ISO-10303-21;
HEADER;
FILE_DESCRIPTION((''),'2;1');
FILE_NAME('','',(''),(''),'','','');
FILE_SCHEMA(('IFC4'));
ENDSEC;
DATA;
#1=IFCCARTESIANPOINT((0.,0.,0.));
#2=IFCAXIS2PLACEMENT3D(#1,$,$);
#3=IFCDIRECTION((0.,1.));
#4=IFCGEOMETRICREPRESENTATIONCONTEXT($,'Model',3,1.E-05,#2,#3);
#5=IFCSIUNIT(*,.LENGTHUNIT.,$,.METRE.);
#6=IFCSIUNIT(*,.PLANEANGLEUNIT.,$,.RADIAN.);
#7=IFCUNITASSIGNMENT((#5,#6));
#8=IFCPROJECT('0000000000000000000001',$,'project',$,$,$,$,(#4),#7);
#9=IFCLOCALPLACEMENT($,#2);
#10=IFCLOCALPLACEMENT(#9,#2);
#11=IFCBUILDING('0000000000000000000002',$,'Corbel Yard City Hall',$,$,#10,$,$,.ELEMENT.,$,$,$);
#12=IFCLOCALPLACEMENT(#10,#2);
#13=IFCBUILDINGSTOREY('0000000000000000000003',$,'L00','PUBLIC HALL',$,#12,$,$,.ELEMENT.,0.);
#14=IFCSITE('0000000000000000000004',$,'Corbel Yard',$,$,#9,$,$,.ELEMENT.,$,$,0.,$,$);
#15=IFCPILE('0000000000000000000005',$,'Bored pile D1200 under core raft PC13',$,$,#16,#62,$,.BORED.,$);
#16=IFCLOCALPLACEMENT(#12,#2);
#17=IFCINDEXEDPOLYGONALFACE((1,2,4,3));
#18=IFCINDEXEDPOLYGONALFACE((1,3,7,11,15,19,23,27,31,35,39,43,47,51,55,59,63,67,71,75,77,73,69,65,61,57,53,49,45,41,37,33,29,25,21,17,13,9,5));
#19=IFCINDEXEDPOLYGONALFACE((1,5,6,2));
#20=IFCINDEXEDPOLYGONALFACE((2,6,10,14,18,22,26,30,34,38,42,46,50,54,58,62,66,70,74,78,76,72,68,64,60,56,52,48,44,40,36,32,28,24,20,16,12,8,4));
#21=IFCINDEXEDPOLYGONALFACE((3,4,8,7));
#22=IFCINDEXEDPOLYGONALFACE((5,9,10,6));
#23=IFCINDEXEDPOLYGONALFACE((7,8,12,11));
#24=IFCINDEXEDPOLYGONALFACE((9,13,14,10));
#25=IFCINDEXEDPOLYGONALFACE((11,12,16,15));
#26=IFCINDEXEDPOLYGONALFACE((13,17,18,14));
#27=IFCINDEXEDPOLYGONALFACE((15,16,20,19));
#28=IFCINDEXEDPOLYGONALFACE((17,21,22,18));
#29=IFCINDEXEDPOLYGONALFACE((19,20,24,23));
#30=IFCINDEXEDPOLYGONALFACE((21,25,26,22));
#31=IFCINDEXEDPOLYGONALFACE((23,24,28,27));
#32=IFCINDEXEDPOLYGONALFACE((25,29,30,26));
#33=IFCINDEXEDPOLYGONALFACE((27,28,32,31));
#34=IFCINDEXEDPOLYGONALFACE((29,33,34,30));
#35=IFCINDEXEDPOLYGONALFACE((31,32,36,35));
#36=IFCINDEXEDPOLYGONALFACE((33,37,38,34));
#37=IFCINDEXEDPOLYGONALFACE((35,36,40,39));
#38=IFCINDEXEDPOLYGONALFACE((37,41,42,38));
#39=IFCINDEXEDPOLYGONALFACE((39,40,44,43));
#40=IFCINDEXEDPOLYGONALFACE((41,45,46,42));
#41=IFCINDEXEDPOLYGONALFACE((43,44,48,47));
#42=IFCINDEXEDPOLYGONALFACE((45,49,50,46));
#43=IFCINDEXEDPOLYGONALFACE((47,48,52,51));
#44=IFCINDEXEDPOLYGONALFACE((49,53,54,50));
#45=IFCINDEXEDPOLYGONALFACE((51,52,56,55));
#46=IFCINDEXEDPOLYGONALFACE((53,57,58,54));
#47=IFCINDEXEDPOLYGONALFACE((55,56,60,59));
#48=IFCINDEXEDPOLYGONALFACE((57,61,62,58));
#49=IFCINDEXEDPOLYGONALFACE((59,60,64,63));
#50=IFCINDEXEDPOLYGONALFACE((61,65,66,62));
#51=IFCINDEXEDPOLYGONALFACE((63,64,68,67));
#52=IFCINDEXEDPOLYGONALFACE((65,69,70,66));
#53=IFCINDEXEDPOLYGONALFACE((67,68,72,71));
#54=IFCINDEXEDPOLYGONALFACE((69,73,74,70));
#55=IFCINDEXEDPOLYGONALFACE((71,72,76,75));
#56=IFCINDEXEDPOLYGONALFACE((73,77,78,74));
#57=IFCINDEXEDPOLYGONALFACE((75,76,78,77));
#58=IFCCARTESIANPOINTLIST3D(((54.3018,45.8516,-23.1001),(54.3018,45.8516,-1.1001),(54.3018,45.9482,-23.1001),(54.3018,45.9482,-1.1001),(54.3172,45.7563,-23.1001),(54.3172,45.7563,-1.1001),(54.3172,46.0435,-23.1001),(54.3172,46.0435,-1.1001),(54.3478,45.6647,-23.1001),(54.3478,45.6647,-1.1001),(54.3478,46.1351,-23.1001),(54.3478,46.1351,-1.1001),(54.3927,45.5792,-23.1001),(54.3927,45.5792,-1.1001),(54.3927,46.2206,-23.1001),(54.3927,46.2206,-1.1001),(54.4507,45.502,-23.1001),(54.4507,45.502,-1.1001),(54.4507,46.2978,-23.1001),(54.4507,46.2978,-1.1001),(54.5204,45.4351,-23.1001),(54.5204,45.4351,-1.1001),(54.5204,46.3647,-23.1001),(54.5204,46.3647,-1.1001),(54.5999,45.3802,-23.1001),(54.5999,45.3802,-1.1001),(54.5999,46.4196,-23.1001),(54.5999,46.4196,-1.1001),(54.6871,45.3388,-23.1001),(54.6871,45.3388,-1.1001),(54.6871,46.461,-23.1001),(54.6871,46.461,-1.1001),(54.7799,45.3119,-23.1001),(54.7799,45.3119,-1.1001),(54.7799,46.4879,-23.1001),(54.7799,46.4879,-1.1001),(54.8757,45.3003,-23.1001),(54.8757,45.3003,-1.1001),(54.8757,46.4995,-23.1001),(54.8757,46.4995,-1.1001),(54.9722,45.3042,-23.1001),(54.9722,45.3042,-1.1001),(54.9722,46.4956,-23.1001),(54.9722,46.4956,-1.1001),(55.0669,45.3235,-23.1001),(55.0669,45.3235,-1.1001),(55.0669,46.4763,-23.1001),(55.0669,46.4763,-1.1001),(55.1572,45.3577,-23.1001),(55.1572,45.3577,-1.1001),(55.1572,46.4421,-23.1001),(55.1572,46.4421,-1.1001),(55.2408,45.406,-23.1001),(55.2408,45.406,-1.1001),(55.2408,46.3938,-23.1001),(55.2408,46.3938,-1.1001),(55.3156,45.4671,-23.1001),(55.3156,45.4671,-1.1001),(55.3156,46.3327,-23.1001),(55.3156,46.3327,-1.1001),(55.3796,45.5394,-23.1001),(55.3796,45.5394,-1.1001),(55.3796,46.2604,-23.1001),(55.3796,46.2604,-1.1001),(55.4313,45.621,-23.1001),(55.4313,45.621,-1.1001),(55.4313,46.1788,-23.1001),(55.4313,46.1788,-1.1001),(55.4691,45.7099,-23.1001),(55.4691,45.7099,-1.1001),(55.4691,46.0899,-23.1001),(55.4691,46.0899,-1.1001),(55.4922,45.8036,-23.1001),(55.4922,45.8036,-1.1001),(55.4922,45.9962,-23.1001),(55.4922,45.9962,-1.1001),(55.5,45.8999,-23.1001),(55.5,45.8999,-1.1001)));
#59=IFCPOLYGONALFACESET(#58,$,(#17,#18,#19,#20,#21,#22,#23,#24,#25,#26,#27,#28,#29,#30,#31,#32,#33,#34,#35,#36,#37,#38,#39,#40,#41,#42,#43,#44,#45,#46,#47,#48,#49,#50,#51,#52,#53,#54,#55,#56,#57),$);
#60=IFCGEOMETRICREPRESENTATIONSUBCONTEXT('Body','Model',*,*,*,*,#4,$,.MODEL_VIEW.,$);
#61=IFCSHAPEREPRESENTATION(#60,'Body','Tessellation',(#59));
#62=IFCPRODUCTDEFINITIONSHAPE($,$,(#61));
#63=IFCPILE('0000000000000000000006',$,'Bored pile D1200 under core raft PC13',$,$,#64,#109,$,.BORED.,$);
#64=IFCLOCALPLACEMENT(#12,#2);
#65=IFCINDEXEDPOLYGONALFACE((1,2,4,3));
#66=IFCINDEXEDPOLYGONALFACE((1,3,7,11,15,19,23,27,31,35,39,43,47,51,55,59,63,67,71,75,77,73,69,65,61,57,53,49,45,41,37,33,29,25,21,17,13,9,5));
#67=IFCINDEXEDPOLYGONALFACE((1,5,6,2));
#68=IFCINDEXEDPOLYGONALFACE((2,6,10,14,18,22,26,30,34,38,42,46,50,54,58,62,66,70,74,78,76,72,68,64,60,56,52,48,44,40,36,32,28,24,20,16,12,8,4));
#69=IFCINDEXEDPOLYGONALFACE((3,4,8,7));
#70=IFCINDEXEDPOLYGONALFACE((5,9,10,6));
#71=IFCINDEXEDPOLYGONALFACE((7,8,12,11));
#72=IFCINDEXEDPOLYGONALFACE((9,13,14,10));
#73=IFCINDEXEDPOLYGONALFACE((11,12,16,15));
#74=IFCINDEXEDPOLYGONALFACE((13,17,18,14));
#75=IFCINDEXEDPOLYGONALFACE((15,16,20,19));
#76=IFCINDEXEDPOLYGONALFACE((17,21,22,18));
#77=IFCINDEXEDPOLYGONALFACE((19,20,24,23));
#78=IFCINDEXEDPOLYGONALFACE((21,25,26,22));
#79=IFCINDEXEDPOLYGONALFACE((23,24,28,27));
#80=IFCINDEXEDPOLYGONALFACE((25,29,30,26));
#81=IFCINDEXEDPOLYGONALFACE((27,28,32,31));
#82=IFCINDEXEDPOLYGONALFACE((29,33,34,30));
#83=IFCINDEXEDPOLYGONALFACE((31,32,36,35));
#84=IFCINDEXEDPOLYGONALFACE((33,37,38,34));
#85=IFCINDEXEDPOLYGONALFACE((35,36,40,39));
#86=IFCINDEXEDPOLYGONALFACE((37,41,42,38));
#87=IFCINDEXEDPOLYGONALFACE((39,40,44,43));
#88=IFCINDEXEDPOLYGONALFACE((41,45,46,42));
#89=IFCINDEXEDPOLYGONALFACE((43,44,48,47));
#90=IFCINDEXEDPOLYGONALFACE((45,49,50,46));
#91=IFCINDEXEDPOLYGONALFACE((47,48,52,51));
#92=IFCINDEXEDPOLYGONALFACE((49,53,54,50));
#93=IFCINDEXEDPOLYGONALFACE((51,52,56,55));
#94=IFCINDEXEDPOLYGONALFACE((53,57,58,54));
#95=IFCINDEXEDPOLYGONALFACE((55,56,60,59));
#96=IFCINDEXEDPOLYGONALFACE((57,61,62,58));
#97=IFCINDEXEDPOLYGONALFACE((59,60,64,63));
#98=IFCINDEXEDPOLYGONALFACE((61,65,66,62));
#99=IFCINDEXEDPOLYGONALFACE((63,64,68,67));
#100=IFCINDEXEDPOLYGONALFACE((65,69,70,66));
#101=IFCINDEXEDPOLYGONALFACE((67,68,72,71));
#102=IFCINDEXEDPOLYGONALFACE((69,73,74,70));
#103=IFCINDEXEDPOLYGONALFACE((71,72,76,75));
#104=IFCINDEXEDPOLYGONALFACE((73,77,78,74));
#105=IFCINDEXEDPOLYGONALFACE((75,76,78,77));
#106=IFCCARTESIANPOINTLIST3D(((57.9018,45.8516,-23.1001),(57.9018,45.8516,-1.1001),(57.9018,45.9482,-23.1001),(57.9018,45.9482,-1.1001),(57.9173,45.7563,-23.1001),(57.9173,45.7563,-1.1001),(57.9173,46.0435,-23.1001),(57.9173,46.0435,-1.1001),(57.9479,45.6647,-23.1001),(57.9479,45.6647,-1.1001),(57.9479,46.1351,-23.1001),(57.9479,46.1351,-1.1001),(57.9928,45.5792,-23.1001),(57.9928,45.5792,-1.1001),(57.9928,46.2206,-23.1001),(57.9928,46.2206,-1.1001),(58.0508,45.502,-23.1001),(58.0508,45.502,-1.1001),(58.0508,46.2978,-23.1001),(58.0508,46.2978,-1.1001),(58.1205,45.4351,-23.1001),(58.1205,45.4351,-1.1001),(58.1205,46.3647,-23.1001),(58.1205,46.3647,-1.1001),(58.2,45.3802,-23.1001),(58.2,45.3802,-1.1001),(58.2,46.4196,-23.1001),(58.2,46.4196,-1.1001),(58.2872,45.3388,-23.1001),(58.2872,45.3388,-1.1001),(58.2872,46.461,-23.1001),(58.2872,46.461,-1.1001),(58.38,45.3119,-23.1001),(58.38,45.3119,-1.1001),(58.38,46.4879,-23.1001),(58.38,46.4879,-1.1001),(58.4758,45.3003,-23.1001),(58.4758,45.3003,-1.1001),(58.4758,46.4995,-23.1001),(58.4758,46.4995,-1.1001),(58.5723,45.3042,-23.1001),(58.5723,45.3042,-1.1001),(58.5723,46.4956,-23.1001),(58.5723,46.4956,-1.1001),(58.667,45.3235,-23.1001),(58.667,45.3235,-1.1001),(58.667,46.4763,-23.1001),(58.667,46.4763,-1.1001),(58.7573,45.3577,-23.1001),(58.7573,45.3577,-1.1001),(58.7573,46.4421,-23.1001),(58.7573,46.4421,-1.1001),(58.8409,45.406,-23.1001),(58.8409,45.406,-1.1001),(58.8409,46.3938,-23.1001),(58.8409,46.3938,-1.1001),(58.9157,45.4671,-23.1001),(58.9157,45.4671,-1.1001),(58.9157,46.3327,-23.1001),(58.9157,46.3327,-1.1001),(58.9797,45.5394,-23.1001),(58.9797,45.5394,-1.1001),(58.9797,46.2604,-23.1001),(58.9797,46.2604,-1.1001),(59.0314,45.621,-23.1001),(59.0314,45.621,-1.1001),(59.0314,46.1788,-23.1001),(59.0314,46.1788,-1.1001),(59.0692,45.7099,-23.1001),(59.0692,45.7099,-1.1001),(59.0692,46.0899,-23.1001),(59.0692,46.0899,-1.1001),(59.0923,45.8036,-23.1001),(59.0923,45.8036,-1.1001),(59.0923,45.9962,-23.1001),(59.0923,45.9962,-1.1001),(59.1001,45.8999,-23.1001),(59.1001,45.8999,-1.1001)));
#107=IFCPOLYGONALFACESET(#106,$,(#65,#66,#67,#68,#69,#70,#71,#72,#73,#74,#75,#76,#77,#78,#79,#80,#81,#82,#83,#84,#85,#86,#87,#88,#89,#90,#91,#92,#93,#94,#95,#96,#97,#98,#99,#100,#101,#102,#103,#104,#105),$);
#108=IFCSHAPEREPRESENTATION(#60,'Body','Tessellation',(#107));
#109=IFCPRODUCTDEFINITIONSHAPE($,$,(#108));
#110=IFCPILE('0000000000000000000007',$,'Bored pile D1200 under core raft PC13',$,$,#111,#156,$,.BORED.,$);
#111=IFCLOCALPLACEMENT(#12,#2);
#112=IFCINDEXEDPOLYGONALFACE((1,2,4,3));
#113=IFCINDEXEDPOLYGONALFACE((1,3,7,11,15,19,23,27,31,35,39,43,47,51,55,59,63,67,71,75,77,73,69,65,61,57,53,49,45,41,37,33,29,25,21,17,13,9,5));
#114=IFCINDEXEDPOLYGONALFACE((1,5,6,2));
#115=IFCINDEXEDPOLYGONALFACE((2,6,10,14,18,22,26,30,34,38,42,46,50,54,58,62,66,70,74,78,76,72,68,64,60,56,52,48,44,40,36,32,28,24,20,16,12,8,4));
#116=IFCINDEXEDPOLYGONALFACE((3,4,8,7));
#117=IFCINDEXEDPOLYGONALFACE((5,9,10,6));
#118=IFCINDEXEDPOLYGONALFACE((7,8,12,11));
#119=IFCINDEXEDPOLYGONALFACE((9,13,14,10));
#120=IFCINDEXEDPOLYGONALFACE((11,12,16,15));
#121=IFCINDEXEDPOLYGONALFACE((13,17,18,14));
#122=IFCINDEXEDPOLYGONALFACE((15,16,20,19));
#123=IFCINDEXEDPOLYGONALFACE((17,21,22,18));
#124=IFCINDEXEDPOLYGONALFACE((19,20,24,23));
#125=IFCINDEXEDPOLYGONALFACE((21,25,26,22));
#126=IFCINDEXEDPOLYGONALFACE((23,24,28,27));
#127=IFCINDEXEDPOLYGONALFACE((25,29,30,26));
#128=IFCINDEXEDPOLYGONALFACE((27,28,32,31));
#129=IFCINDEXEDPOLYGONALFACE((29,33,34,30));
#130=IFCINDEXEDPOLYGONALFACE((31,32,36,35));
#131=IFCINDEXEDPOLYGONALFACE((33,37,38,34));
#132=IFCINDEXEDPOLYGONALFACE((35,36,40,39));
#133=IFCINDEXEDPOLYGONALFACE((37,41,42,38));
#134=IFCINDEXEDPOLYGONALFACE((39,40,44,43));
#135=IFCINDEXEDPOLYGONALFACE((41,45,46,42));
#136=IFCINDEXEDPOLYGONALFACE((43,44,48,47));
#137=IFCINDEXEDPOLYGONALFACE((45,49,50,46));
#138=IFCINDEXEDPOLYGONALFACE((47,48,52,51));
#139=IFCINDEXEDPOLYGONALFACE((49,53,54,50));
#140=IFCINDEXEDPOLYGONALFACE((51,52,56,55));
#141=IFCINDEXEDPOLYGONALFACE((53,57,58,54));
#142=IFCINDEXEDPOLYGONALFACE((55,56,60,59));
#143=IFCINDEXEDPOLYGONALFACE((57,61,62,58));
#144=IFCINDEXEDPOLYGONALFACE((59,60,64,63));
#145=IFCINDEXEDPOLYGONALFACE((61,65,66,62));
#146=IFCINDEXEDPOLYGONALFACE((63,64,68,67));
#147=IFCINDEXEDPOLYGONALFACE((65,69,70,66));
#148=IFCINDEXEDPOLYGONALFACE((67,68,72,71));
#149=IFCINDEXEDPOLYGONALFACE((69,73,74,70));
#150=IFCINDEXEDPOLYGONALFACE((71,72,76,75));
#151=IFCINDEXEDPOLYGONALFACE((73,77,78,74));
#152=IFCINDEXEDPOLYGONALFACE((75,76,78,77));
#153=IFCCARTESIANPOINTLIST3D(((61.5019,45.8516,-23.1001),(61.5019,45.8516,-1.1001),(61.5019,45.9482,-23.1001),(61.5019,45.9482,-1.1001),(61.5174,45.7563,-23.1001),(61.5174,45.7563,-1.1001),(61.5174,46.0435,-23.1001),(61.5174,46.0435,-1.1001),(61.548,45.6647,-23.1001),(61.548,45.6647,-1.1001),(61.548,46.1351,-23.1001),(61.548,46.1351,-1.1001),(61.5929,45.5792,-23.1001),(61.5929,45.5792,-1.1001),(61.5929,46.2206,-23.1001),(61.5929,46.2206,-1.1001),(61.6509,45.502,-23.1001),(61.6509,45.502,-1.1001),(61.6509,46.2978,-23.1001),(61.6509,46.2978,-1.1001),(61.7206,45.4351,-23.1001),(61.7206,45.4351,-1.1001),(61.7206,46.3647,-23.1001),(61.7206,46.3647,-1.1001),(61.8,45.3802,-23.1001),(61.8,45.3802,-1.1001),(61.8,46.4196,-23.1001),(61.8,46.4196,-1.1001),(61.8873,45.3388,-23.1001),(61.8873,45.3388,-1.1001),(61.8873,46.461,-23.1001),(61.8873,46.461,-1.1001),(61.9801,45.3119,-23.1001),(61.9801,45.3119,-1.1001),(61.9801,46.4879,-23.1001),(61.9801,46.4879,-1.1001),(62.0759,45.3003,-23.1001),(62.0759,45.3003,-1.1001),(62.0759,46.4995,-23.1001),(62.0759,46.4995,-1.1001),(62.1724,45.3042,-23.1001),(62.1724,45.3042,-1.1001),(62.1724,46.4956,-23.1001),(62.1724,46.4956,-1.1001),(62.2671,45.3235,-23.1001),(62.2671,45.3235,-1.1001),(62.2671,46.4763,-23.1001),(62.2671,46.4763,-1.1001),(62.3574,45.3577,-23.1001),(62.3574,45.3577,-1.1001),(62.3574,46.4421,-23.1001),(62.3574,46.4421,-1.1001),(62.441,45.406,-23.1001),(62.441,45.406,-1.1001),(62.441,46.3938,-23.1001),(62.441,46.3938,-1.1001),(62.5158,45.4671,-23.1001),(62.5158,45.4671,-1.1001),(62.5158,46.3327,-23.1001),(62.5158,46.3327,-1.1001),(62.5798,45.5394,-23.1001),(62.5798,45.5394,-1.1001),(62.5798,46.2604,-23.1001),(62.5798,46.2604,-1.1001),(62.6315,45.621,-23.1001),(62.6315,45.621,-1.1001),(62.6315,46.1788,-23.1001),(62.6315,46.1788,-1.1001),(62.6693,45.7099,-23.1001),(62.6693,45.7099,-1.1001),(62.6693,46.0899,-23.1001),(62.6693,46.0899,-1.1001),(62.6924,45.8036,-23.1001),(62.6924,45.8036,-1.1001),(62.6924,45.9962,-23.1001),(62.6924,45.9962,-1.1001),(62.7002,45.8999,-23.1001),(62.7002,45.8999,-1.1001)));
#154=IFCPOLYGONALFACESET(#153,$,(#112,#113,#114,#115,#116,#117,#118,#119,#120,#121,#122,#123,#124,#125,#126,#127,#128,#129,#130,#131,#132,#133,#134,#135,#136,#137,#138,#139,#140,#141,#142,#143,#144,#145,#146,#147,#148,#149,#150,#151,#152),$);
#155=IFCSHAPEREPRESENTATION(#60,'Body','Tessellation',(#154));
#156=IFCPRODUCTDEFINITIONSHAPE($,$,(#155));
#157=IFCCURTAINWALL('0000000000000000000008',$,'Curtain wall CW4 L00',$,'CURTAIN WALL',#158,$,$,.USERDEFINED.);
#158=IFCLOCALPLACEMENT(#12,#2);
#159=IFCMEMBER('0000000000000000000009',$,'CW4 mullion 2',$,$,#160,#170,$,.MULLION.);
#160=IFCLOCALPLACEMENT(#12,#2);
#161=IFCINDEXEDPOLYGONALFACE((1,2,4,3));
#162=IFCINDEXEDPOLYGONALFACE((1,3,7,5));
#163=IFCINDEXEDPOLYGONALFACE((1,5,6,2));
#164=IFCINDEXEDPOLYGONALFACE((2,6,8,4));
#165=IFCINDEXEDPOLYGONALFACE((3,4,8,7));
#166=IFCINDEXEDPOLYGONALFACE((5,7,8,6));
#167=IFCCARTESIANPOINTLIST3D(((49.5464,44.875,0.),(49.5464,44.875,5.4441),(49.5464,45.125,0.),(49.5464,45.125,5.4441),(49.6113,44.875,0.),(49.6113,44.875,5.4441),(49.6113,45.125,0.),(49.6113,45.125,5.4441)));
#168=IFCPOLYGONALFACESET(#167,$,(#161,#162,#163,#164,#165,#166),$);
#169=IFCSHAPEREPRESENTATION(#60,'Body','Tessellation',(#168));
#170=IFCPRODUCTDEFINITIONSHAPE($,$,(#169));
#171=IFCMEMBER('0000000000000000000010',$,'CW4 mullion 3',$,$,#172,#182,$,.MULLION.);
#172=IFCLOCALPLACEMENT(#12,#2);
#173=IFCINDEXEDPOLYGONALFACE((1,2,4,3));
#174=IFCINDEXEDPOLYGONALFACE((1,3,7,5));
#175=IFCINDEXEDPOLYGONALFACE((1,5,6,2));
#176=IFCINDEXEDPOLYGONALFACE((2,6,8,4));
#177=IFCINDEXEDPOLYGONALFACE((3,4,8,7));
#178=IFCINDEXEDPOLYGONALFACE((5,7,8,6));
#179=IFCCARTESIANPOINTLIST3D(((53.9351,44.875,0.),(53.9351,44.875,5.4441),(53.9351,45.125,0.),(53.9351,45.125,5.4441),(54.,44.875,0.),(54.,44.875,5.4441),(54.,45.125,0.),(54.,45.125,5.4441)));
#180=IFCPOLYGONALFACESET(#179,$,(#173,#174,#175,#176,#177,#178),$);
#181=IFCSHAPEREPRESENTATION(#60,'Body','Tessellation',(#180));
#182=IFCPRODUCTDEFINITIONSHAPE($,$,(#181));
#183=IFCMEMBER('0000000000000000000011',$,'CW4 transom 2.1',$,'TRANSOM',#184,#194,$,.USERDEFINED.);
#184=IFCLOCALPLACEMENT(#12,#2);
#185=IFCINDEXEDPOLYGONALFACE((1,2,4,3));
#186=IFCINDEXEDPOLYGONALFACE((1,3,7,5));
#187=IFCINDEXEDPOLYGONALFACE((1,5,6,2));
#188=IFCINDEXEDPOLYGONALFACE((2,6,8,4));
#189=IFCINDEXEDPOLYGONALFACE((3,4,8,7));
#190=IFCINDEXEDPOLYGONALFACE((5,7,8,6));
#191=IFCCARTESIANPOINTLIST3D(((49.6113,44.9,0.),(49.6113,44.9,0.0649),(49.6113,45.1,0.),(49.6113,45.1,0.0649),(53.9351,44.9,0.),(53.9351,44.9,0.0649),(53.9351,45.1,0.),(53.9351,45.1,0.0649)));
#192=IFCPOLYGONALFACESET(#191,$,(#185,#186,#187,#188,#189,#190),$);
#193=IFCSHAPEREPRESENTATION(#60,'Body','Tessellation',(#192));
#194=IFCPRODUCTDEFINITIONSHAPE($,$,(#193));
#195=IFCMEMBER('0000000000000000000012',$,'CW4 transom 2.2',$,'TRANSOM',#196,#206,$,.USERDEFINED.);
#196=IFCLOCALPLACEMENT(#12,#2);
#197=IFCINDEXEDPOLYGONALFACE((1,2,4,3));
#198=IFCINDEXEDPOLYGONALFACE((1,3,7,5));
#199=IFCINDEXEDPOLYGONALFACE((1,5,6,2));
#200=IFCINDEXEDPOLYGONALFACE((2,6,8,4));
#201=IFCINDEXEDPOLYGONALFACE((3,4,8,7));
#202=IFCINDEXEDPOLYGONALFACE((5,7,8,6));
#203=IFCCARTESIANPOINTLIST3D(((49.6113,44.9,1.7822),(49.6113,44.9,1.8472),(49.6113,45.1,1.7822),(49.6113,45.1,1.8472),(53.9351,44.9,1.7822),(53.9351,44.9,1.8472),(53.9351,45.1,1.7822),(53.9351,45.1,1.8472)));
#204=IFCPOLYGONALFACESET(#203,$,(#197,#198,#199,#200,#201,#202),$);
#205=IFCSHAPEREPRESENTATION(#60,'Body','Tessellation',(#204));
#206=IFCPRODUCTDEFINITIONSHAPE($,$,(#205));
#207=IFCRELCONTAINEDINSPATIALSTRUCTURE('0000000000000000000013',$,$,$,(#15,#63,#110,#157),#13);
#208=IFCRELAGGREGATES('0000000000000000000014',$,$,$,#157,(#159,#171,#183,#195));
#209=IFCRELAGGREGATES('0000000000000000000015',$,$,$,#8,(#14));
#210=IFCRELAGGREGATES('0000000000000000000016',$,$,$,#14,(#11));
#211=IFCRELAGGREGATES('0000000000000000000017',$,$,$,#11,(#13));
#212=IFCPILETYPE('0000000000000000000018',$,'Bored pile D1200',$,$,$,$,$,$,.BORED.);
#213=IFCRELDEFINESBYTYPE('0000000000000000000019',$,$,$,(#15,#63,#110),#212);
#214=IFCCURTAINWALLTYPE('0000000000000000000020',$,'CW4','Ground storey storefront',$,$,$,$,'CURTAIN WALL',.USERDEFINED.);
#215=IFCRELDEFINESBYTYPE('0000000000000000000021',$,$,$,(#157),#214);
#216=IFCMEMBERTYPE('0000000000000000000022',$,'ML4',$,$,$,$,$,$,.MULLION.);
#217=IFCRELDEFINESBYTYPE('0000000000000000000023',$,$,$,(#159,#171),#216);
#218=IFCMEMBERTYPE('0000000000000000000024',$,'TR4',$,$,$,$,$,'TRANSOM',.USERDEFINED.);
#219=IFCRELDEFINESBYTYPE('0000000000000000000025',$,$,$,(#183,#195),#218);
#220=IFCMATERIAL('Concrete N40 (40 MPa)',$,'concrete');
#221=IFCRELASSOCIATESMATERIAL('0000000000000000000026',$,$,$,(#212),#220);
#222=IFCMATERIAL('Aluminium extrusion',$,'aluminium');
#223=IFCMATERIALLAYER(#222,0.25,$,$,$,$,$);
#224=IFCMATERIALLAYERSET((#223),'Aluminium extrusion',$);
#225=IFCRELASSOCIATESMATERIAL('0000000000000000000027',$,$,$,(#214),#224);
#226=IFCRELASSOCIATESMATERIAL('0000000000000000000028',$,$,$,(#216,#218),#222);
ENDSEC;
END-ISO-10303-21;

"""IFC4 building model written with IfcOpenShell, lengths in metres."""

from ifc_helpers import new_model, si_unit, direction, frame, origin, origin_2d, place, context, subcontext, project, spatial, rectangle, circle, extrude, material, layer, layer_set, material_profile, profile_set, type_object, element, aggregate, save


model = new_model("IFC4")

# Units and contexts
model_context = context("Model", 3, precision=1e-05, world=origin(), true_north=direction((0.0, 1.0)))
body_context = subcontext(model_context, "Body", "Model", "MODEL_VIEW")
ifc_project = project(units=[si_unit("LENGTHUNIT", "METRE"), si_unit("PLANEANGLEUNIT", "RADIAN")], contexts=[model_context])

# Site, building, storey
site_placement = place(None, origin())
site = spatial("IfcSite", under=ifc_project, at=site_placement, Name="Corbel Yard", CompositionType="ELEMENT", RefElevation=0.0)
building_placement = place(site_placement, origin())
building = spatial("IfcBuilding", under=site, at=building_placement, Name="Corbel Yard City Hall", CompositionType="ELEMENT")
storey_placement = place(building_placement, origin())
storey = spatial("IfcBuildingStorey", under=building, at=storey_placement, Name="L00", Description="PUBLIC HALL", CompositionType="ELEMENT", Elevation=0.0)

# Piles
ifc_material_1 = material(Name="Concrete N40 (40 MPa)", Category="concrete")
ifc_material_profile_1 = material_profile(ifc_material_1, circle(Radius=0.6001, at=origin_2d()), Name="D1200")
ifc_profile_set_1 = profile_set([ifc_material_profile_1], Name="Concrete N40 (40 MPa)")
pile_type = type_object("IfcPileType", Name="Bored pile D1200", PredefinedType="BORED", material=ifc_profile_set_1)
for number, where, z_axis, x_axis, name in (
    (1, (54.8999, 45.8999, -1.1001), (0.0, 0.0, -1.0), (1.0, 0.0, 0.0), "Bored pile D1200 under core raft PC13"),
    (2, (58.5, 45.8999, -1.1001), (0.0, 0.0, -1.0), (1.0, 0.0, 0.0), "Bored pile D1200 under core raft PC13"),
    (3, (62.1001, 45.8999, -1.1001), (0.0, 0.0, -1.0), (1.0, 0.0, 0.0), "Bored pile D1200 under core raft PC13"),
):
    element("IfcPile", number, at=place(storey_placement, frame(where, z_axis=z_axis, x_axis=x_axis)), inside=storey, type_object=pile_type, Name=name, PredefinedType="BORED", context=body_context, shape_type="SweptSolid", body=[
        extrude(circle(Radius=0.6001, at=origin_2d()), origin(), (0.0, 0.0, 1.0), 22.0),
    ])

# Curtain wall, members
ifc_material_2 = material(Name="Aluminium extrusion", Category="aluminium")
ifc_layer_1 = layer(ifc_material_2, 0.25)
ifc_layer_set_1 = layer_set([ifc_layer_1], Name="Aluminium extrusion")
curtain_wall_type = type_object("IfcCurtainWallType", Name="CW4", Description="Ground storey storefront", ElementType="CURTAIN WALL", PredefinedType="USERDEFINED", material=ifc_layer_set_1)
curtain_wall_placement = place(storey_placement, origin())
curtain_wall = element("IfcCurtainWall", 4, at=curtain_wall_placement, inside=storey, type_object=curtain_wall_type, Name="Curtain wall CW4 L00", ObjectType="CURTAIN WALL", PredefinedType="USERDEFINED")
ifc_material_profile_2 = material_profile(ifc_material_2, rectangle(XDim=0.25, YDim=0.0649, at=origin_2d()), Name="250x65")
ifc_profile_set_2 = profile_set([ifc_material_profile_2], Name="Aluminium extrusion")
member_type_1 = type_object("IfcMemberType", Name="ML4", PredefinedType="MULLION", material=ifc_profile_set_2)
member_1_placement = place(storey_placement, frame((49.5789, 45.0, 0.0), z_axis=(0.0, 0.0, 1.0), x_axis=(0.0, 1.0, 0.0)))
member_1 = element("IfcMember", 5, at=member_1_placement, type_object=member_type_1, Name="CW4 mullion 2", PredefinedType="MULLION", context=body_context, shape_type="SweptSolid", body=[
    extrude(rectangle(XDim=0.25, YDim=0.0649, at=origin_2d()), origin(), (0.0, 0.0, 1.0), 5.4441),
])
member_2_placement = place(storey_placement, frame((53.9675, 45.0, 0.0), z_axis=(0.0, 0.0, 1.0), x_axis=(0.0, 1.0, 0.0)))
member_2 = element("IfcMember", 6, at=member_2_placement, type_object=member_type_1, Name="CW4 mullion 3", PredefinedType="MULLION", context=body_context, shape_type="SweptSolid", body=[
    extrude(rectangle(XDim=0.25, YDim=0.0649, at=origin_2d()), origin(), (0.0, 0.0, 1.0), 5.4441),
])
ifc_material_profile_3 = material_profile(ifc_material_2, rectangle(XDim=0.2, YDim=0.0649, at=origin_2d()), Name="200x65")
ifc_profile_set_3 = profile_set([ifc_material_profile_3], Name="Aluminium extrusion")
member_type_2 = type_object("IfcMemberType", Name="TR4", ElementType="TRANSOM", PredefinedType="USERDEFINED", material=ifc_profile_set_3)
member_3_placement = place(storey_placement, frame((49.6113, 45.0, 0.0325), z_axis=(1.0, 0.0, 0.0), x_axis=(0.0, 1.0, 0.0)))
member_3 = element("IfcMember", 7, at=member_3_placement, type_object=member_type_2, Name="CW4 transom 2.1", ObjectType="TRANSOM", PredefinedType="USERDEFINED", context=body_context, shape_type="SweptSolid", body=[
    extrude(rectangle(XDim=0.2, YDim=0.0649, at=origin_2d()), origin(), (0.0, 0.0, 1.0), 4.3237),
])
member_4_placement = place(storey_placement, frame((49.6113, 45.0, 1.8147), z_axis=(1.0, 0.0, 0.0), x_axis=(0.0, 1.0, 0.0)))
member_4 = element("IfcMember", 8, at=member_4_placement, type_object=member_type_2, Name="CW4 transom 2.2", ObjectType="TRANSOM", PredefinedType="USERDEFINED", context=body_context, shape_type="SweptSolid", body=[
    extrude(rectangle(XDim=0.2, YDim=0.0649, at=origin_2d()), origin(), (0.0, 0.0, 1.0), 4.3237),
])
aggregate(curtain_wall, [member_1, member_2, member_3, member_4])

save(model, "model.ifc")
